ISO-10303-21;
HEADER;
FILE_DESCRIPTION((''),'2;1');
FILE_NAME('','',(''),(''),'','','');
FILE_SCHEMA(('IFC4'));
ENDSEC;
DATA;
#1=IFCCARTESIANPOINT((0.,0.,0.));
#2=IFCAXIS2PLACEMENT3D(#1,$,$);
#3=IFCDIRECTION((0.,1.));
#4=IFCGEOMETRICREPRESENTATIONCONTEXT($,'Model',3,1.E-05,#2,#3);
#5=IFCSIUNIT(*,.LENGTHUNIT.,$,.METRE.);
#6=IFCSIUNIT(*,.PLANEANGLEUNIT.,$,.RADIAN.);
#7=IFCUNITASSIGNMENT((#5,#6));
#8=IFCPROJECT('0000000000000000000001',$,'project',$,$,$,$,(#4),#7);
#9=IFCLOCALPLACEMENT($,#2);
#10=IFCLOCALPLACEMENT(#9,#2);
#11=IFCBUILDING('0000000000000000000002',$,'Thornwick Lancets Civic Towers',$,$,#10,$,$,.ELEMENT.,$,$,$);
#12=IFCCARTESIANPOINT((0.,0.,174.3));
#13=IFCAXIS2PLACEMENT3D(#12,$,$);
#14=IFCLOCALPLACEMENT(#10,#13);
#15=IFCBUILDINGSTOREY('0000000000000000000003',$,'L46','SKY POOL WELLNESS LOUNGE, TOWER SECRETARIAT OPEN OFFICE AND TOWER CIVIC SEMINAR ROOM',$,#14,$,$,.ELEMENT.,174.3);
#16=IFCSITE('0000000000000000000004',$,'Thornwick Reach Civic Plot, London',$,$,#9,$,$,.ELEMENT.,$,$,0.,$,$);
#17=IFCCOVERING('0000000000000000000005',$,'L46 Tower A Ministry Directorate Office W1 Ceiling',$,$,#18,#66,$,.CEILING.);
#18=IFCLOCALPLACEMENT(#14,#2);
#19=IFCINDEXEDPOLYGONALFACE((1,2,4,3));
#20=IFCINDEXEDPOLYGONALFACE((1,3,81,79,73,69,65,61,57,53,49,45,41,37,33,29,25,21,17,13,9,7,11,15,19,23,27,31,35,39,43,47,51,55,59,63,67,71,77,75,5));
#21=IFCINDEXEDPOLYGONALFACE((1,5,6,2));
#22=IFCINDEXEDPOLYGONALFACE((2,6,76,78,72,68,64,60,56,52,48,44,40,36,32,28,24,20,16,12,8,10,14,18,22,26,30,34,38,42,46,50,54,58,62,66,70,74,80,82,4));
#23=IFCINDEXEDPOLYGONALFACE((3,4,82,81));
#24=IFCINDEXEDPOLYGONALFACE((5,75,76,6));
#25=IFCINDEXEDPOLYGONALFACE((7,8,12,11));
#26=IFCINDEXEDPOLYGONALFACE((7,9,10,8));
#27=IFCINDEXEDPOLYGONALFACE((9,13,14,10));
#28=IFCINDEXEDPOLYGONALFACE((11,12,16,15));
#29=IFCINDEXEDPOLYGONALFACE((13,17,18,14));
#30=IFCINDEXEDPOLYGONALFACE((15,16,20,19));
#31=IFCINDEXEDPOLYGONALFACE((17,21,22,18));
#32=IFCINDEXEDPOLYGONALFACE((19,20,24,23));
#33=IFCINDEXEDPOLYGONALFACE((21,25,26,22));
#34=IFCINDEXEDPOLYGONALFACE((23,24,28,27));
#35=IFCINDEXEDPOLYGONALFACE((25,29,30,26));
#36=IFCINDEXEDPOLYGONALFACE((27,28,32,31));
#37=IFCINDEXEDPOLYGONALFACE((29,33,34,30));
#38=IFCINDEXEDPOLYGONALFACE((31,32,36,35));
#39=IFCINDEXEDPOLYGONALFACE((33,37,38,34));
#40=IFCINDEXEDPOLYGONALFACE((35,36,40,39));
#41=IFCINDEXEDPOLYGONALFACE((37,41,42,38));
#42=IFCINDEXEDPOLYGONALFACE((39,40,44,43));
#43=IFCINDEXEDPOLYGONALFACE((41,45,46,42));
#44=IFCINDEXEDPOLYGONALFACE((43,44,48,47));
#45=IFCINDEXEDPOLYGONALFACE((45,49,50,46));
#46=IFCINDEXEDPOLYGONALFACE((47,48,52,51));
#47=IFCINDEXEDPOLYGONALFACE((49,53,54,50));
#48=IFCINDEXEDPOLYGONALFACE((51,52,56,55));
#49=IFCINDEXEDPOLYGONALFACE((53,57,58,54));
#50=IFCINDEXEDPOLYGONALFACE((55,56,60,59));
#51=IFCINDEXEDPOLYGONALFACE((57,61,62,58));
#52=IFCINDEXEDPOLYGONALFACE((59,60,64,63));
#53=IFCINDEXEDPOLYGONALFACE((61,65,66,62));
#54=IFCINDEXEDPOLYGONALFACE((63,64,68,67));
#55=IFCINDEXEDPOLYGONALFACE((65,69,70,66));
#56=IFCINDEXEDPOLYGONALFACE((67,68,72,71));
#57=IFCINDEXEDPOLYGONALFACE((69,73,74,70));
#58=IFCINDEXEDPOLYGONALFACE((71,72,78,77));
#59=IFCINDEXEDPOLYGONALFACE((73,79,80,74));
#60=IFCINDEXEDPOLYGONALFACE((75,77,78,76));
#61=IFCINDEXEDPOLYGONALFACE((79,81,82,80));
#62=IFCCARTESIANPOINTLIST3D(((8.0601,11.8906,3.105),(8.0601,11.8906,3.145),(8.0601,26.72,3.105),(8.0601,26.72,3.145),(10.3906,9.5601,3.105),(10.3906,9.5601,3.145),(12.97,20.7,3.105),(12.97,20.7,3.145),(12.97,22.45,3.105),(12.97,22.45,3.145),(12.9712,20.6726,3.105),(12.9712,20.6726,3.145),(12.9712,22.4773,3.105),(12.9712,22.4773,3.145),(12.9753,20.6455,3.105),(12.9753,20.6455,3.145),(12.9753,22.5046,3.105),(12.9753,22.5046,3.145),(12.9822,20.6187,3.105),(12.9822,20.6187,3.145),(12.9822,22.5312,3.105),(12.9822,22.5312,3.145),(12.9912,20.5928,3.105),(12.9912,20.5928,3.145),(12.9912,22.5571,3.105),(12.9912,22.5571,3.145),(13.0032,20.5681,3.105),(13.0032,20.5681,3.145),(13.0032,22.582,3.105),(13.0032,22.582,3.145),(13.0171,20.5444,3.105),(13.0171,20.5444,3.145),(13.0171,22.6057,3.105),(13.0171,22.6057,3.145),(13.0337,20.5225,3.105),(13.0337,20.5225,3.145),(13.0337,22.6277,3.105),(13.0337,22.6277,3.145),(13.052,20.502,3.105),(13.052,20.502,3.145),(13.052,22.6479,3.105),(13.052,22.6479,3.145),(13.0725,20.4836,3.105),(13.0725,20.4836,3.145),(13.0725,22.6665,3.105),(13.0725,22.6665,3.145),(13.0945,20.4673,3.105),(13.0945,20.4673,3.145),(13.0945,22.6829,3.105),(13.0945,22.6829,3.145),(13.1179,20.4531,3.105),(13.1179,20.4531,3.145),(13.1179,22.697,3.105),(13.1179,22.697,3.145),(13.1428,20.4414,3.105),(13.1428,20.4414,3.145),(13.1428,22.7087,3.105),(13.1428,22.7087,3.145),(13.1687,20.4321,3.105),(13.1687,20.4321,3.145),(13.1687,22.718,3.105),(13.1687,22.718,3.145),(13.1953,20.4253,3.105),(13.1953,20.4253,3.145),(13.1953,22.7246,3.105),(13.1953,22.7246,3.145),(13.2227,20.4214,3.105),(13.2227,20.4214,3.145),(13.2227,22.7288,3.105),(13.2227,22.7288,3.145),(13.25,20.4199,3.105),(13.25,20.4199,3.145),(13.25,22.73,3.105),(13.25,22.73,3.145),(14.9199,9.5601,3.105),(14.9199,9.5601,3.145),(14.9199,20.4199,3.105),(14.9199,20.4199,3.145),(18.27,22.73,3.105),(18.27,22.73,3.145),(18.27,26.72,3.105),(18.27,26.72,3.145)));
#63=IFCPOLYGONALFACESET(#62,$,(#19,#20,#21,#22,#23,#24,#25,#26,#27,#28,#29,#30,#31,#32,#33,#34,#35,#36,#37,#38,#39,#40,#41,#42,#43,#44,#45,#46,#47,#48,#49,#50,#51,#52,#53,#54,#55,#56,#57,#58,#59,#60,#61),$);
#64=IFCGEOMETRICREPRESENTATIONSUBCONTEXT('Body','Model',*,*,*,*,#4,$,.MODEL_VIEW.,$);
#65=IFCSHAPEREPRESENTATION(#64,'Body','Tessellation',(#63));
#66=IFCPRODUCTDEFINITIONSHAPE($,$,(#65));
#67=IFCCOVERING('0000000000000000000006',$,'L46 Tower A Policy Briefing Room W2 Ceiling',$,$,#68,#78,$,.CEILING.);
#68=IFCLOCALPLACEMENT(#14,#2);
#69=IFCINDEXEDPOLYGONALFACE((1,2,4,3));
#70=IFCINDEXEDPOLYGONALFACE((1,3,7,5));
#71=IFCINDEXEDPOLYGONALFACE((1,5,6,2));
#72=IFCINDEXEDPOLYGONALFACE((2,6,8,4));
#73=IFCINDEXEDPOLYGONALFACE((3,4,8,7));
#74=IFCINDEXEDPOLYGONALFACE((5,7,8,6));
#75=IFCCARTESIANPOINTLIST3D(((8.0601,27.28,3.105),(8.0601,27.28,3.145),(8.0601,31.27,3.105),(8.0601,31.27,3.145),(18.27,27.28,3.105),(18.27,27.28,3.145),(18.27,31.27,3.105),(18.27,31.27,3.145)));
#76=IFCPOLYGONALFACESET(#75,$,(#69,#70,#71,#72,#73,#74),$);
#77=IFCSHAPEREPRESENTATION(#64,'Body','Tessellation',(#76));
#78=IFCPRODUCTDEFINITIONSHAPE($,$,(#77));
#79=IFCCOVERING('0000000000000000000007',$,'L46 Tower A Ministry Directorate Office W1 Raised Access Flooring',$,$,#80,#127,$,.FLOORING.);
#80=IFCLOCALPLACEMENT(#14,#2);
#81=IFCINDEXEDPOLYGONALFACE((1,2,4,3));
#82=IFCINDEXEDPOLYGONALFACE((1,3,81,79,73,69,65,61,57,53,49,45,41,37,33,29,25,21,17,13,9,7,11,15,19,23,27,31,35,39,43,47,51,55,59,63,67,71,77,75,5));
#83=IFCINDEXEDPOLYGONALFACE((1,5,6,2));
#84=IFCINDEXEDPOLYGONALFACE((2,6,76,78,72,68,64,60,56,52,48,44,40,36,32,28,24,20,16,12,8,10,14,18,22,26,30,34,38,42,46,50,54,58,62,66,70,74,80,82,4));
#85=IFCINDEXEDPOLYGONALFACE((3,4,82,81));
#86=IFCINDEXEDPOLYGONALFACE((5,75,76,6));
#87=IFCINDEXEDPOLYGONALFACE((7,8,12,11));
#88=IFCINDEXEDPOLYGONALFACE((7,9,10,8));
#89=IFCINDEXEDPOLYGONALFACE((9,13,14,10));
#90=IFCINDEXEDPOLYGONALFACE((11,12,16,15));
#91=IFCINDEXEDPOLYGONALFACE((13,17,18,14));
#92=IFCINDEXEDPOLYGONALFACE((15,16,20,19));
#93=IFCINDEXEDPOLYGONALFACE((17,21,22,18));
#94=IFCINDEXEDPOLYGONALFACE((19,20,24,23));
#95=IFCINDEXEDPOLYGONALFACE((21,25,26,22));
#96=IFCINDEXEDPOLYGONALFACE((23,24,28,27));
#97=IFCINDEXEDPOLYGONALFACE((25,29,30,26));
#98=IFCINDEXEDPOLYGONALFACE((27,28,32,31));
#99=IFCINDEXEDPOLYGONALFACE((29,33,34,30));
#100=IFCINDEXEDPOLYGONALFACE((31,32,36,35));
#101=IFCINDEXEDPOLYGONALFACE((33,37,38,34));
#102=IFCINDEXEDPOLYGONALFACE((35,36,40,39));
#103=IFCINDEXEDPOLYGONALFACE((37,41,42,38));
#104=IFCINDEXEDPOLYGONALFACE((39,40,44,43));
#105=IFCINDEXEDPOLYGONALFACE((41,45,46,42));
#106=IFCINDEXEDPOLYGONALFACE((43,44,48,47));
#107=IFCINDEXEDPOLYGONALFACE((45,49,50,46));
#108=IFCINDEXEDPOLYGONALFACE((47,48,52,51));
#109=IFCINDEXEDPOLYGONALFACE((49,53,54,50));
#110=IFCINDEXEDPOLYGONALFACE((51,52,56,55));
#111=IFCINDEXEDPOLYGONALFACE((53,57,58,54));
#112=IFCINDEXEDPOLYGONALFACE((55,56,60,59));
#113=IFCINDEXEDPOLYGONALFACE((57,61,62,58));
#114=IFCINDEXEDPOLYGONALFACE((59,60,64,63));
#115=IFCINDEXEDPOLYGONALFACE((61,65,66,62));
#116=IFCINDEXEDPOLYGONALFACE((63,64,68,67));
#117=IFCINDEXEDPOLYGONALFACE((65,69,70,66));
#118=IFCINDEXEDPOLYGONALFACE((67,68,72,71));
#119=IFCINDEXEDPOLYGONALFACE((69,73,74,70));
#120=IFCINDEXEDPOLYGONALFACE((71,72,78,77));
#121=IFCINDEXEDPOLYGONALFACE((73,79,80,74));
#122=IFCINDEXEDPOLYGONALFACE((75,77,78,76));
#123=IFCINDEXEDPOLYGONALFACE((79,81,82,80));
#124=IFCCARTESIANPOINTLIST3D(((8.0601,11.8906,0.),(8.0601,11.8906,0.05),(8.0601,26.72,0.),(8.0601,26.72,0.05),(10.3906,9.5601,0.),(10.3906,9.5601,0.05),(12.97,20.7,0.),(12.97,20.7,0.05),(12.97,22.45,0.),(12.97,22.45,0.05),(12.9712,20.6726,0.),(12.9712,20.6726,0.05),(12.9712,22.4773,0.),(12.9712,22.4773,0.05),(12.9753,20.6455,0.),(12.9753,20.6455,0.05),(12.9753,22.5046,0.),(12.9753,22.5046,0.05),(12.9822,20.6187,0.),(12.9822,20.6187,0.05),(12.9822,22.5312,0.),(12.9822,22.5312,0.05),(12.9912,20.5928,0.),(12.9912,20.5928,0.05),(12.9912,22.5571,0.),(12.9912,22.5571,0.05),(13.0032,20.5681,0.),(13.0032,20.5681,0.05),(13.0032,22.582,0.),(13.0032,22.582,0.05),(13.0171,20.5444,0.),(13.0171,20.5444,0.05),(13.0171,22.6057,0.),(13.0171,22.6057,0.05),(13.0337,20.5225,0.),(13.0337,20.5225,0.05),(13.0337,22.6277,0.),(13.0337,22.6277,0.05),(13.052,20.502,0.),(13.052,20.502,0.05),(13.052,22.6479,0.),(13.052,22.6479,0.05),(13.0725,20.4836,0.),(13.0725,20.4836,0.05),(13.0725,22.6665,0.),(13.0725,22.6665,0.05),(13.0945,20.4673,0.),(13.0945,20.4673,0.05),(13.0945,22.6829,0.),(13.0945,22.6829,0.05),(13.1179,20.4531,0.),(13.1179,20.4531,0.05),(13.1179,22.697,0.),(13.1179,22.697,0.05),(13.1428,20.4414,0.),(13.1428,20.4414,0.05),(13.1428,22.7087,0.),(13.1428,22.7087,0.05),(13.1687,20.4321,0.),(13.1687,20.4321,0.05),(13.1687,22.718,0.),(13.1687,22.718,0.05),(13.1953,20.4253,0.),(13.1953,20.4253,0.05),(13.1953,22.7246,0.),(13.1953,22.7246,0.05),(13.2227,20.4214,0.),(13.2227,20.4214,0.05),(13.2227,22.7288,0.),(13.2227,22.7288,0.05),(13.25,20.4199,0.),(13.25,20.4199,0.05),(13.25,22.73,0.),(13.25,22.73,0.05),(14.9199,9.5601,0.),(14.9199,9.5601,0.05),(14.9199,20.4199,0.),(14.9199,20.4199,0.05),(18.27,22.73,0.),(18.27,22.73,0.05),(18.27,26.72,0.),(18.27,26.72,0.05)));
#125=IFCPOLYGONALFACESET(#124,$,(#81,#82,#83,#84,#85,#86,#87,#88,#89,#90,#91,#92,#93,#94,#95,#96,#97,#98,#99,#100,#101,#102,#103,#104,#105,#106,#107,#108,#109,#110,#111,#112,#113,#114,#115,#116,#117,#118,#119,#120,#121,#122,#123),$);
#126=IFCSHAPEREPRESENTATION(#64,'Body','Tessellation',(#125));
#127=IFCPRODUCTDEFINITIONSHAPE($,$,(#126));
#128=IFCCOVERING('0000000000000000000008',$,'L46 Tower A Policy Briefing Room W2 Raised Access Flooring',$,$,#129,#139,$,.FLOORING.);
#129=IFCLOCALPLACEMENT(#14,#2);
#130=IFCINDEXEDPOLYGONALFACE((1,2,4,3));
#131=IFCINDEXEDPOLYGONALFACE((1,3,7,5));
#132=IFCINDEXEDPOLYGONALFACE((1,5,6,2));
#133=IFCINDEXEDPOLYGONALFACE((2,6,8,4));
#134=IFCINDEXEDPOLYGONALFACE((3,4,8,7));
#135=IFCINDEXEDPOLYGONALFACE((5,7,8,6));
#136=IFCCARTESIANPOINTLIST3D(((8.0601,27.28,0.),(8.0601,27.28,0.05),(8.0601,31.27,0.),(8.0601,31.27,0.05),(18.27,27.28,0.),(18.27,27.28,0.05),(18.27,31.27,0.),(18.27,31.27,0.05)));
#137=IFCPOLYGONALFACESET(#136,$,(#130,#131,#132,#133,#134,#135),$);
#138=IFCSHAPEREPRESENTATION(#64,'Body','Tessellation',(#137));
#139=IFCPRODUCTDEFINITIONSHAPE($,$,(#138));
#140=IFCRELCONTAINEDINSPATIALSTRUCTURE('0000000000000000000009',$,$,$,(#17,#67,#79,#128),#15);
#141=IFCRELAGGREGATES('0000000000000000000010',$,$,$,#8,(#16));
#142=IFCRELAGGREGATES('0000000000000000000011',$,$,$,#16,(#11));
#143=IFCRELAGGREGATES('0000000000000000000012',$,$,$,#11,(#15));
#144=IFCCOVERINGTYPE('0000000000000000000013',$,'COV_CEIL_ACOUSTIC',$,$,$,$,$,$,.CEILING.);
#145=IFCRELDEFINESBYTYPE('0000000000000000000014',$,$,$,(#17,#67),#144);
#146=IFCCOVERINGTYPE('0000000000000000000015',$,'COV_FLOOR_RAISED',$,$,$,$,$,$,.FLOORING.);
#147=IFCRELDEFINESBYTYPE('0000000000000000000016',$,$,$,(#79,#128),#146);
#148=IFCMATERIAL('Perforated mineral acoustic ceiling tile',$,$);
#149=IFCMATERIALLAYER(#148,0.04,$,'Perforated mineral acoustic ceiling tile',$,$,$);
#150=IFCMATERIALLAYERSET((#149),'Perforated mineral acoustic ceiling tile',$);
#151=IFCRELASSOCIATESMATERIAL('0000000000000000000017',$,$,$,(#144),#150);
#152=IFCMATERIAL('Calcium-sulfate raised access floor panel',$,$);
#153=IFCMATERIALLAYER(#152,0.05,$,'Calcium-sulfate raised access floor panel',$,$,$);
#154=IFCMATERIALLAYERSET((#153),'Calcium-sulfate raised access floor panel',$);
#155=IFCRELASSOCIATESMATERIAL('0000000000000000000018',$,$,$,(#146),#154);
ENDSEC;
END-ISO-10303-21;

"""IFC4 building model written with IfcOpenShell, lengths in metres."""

from ifc_helpers import new_model, si_unit, direction, frame, origin, place, context, subcontext, project, spatial, polyline, outline, extrude, material, layer, layer_set, type_object, element, save


model = new_model("IFC4")

# Units and contexts
model_context = context("Model", 3, precision=1e-05, world=origin(), true_north=direction((0.0, 1.0)))
body_context = subcontext(model_context, "Body", "Model", "MODEL_VIEW")
ifc_project = project(units=[si_unit("LENGTHUNIT", "METRE"), si_unit("PLANEANGLEUNIT", "RADIAN")], contexts=[model_context])

# Site, building, storey
site_placement = place(None, origin())
site = spatial("IfcSite", under=ifc_project, at=site_placement, Name="Thornwick Reach Civic Plot, London", CompositionType="ELEMENT", RefElevation=0.0)
building_placement = place(site_placement, origin())
building = spatial("IfcBuilding", under=site, at=building_placement, Name="Thornwick Lancets Civic Towers", CompositionType="ELEMENT")
storey_placement = place(building_placement, frame((0.0, 0.0, 174.3)))
storey = spatial("IfcBuildingStorey", under=building, at=storey_placement, Name="L46", Description="SKY POOL WELLNESS LOUNGE, TOWER SECRETARIAT OPEN OFFICE AND TOWER CIVIC SEMINAR ROOM", CompositionType="ELEMENT", Elevation=174.3)

# Coverings
ifc_material_1 = material(Name="Perforated mineral acoustic ceiling tile")
ifc_layer_1 = layer(ifc_material_1, 0.04, Name="Perforated mineral acoustic ceiling tile")
ifc_layer_set_1 = layer_set([ifc_layer_1], Name="Perforated mineral acoustic ceiling tile")
covering_type_1 = type_object("IfcCoveringType", Name="COV_CEIL_ACOUSTIC", PredefinedType="CEILING", material=ifc_layer_set_1)
covering_1_placement = place(storey_placement, frame((0.0, 0.0, 3.105)))
element("IfcCovering", 1, at=covering_1_placement, inside=storey, type_object=covering_type_1, Name="L46 Tower A Ministry Directorate Office W1 Ceiling", PredefinedType="CEILING", context=body_context, shape_type="SweptSolid", body=[
    extrude(outline(polyline([(8.0601, 11.8906), (8.0601, 26.72), (18.27, 26.72), (18.27, 22.73), (13.25, 22.73), (13.2227, 22.7288), (13.1953, 22.7246), (13.1687, 22.718), (13.1428, 22.7087), (13.1179, 22.697), (13.0945, 22.6829), (13.0725, 22.6665), (13.052, 22.6479), (13.0337, 22.6277), (13.0171, 22.6057), (13.0032, 22.582), (12.9912, 22.5571), (12.9822, 22.5312), (12.9753, 22.5046), (12.9712, 22.4773), (12.97, 22.45), (12.97, 20.7), (12.9712, 20.6726), (12.9753, 20.6455), (12.9822, 20.6187), (12.9912, 20.5928), (13.0032, 20.5681), (13.0171, 20.5444), (13.0337, 20.5225), (13.052, 20.502), (13.0725, 20.4836), (13.0945, 20.4673), (13.1179, 20.4531), (13.1428, 20.4414), (13.1687, 20.4321), (13.1953, 20.4253), (13.2227, 20.4214), (13.25, 20.4199), (14.9199, 20.4199), (14.9199, 9.5601), (10.3906, 9.5601), (8.0601, 11.8906)])), origin(), (0.0, 0.0, 1.0), 0.04),
])
covering_2_placement = place(storey_placement, frame((0.0, 0.0, 3.105)))
element("IfcCovering", 2, at=covering_2_placement, inside=storey, type_object=covering_type_1, Name="L46 Tower A Policy Briefing Room W2 Ceiling", PredefinedType="CEILING", context=body_context, shape_type="SweptSolid", body=[
    extrude(outline(polyline([(8.0601, 31.27), (18.27, 31.27), (18.27, 27.28), (8.0601, 27.28), (8.0601, 31.27)])), origin(), (0.0, 0.0, 1.0), 0.04),
])
ifc_material_2 = material(Name="Calcium-sulfate raised access floor panel")
ifc_layer_2 = layer(ifc_material_2, 0.05, Name="Calcium-sulfate raised access floor panel")
ifc_layer_set_2 = layer_set([ifc_layer_2], Name="Calcium-sulfate raised access floor panel")
covering_type_2 = type_object("IfcCoveringType", Name="COV_FLOOR_RAISED", PredefinedType="FLOORING", material=ifc_layer_set_2)
covering_3_placement = place(storey_placement, origin())
element("IfcCovering", 3, at=covering_3_placement, inside=storey, type_object=covering_type_2, Name="L46 Tower A Ministry Directorate Office W1 Raised Access Flooring", PredefinedType="FLOORING", context=body_context, shape_type="SweptSolid", body=[
    extrude(outline(polyline([(8.0601, 11.8906), (8.0601, 26.72), (18.27, 26.72), (18.27, 22.73), (13.25, 22.73), (13.2227, 22.7288), (13.1953, 22.7246), (13.1687, 22.718), (13.1428, 22.7087), (13.1179, 22.697), (13.0945, 22.6829), (13.0725, 22.6665), (13.052, 22.6479), (13.0337, 22.6277), (13.0171, 22.6057), (13.0032, 22.582), (12.9912, 22.5571), (12.9822, 22.5312), (12.9753, 22.5046), (12.9712, 22.4773), (12.97, 22.45), (12.97, 20.7), (12.9712, 20.6726), (12.9753, 20.6455), (12.9822, 20.6187), (12.9912, 20.5928), (13.0032, 20.5681), (13.0171, 20.5444), (13.0337, 20.5225), (13.052, 20.502), (13.0725, 20.4836), (13.0945, 20.4673), (13.1179, 20.4531), (13.1428, 20.4414), (13.1687, 20.4321), (13.1953, 20.4253), (13.2227, 20.4214), (13.25, 20.4199), (14.9199, 20.4199), (14.9199, 9.5601), (10.3906, 9.5601), (8.0601, 11.8906)])), origin(), (0.0, 0.0, 1.0), 0.05),
])
covering_4_placement = place(storey_placement, origin())
element("IfcCovering", 4, at=covering_4_placement, inside=storey, type_object=covering_type_2, Name="L46 Tower A Policy Briefing Room W2 Raised Access Flooring", PredefinedType="FLOORING", context=body_context, shape_type="SweptSolid", body=[
    extrude(outline(polyline([(8.0601, 31.27), (18.27, 31.27), (18.27, 27.28), (8.0601, 27.28), (8.0601, 31.27)])), origin(), (0.0, 0.0, 1.0), 0.05),
])

save(model, "model.ifc")
